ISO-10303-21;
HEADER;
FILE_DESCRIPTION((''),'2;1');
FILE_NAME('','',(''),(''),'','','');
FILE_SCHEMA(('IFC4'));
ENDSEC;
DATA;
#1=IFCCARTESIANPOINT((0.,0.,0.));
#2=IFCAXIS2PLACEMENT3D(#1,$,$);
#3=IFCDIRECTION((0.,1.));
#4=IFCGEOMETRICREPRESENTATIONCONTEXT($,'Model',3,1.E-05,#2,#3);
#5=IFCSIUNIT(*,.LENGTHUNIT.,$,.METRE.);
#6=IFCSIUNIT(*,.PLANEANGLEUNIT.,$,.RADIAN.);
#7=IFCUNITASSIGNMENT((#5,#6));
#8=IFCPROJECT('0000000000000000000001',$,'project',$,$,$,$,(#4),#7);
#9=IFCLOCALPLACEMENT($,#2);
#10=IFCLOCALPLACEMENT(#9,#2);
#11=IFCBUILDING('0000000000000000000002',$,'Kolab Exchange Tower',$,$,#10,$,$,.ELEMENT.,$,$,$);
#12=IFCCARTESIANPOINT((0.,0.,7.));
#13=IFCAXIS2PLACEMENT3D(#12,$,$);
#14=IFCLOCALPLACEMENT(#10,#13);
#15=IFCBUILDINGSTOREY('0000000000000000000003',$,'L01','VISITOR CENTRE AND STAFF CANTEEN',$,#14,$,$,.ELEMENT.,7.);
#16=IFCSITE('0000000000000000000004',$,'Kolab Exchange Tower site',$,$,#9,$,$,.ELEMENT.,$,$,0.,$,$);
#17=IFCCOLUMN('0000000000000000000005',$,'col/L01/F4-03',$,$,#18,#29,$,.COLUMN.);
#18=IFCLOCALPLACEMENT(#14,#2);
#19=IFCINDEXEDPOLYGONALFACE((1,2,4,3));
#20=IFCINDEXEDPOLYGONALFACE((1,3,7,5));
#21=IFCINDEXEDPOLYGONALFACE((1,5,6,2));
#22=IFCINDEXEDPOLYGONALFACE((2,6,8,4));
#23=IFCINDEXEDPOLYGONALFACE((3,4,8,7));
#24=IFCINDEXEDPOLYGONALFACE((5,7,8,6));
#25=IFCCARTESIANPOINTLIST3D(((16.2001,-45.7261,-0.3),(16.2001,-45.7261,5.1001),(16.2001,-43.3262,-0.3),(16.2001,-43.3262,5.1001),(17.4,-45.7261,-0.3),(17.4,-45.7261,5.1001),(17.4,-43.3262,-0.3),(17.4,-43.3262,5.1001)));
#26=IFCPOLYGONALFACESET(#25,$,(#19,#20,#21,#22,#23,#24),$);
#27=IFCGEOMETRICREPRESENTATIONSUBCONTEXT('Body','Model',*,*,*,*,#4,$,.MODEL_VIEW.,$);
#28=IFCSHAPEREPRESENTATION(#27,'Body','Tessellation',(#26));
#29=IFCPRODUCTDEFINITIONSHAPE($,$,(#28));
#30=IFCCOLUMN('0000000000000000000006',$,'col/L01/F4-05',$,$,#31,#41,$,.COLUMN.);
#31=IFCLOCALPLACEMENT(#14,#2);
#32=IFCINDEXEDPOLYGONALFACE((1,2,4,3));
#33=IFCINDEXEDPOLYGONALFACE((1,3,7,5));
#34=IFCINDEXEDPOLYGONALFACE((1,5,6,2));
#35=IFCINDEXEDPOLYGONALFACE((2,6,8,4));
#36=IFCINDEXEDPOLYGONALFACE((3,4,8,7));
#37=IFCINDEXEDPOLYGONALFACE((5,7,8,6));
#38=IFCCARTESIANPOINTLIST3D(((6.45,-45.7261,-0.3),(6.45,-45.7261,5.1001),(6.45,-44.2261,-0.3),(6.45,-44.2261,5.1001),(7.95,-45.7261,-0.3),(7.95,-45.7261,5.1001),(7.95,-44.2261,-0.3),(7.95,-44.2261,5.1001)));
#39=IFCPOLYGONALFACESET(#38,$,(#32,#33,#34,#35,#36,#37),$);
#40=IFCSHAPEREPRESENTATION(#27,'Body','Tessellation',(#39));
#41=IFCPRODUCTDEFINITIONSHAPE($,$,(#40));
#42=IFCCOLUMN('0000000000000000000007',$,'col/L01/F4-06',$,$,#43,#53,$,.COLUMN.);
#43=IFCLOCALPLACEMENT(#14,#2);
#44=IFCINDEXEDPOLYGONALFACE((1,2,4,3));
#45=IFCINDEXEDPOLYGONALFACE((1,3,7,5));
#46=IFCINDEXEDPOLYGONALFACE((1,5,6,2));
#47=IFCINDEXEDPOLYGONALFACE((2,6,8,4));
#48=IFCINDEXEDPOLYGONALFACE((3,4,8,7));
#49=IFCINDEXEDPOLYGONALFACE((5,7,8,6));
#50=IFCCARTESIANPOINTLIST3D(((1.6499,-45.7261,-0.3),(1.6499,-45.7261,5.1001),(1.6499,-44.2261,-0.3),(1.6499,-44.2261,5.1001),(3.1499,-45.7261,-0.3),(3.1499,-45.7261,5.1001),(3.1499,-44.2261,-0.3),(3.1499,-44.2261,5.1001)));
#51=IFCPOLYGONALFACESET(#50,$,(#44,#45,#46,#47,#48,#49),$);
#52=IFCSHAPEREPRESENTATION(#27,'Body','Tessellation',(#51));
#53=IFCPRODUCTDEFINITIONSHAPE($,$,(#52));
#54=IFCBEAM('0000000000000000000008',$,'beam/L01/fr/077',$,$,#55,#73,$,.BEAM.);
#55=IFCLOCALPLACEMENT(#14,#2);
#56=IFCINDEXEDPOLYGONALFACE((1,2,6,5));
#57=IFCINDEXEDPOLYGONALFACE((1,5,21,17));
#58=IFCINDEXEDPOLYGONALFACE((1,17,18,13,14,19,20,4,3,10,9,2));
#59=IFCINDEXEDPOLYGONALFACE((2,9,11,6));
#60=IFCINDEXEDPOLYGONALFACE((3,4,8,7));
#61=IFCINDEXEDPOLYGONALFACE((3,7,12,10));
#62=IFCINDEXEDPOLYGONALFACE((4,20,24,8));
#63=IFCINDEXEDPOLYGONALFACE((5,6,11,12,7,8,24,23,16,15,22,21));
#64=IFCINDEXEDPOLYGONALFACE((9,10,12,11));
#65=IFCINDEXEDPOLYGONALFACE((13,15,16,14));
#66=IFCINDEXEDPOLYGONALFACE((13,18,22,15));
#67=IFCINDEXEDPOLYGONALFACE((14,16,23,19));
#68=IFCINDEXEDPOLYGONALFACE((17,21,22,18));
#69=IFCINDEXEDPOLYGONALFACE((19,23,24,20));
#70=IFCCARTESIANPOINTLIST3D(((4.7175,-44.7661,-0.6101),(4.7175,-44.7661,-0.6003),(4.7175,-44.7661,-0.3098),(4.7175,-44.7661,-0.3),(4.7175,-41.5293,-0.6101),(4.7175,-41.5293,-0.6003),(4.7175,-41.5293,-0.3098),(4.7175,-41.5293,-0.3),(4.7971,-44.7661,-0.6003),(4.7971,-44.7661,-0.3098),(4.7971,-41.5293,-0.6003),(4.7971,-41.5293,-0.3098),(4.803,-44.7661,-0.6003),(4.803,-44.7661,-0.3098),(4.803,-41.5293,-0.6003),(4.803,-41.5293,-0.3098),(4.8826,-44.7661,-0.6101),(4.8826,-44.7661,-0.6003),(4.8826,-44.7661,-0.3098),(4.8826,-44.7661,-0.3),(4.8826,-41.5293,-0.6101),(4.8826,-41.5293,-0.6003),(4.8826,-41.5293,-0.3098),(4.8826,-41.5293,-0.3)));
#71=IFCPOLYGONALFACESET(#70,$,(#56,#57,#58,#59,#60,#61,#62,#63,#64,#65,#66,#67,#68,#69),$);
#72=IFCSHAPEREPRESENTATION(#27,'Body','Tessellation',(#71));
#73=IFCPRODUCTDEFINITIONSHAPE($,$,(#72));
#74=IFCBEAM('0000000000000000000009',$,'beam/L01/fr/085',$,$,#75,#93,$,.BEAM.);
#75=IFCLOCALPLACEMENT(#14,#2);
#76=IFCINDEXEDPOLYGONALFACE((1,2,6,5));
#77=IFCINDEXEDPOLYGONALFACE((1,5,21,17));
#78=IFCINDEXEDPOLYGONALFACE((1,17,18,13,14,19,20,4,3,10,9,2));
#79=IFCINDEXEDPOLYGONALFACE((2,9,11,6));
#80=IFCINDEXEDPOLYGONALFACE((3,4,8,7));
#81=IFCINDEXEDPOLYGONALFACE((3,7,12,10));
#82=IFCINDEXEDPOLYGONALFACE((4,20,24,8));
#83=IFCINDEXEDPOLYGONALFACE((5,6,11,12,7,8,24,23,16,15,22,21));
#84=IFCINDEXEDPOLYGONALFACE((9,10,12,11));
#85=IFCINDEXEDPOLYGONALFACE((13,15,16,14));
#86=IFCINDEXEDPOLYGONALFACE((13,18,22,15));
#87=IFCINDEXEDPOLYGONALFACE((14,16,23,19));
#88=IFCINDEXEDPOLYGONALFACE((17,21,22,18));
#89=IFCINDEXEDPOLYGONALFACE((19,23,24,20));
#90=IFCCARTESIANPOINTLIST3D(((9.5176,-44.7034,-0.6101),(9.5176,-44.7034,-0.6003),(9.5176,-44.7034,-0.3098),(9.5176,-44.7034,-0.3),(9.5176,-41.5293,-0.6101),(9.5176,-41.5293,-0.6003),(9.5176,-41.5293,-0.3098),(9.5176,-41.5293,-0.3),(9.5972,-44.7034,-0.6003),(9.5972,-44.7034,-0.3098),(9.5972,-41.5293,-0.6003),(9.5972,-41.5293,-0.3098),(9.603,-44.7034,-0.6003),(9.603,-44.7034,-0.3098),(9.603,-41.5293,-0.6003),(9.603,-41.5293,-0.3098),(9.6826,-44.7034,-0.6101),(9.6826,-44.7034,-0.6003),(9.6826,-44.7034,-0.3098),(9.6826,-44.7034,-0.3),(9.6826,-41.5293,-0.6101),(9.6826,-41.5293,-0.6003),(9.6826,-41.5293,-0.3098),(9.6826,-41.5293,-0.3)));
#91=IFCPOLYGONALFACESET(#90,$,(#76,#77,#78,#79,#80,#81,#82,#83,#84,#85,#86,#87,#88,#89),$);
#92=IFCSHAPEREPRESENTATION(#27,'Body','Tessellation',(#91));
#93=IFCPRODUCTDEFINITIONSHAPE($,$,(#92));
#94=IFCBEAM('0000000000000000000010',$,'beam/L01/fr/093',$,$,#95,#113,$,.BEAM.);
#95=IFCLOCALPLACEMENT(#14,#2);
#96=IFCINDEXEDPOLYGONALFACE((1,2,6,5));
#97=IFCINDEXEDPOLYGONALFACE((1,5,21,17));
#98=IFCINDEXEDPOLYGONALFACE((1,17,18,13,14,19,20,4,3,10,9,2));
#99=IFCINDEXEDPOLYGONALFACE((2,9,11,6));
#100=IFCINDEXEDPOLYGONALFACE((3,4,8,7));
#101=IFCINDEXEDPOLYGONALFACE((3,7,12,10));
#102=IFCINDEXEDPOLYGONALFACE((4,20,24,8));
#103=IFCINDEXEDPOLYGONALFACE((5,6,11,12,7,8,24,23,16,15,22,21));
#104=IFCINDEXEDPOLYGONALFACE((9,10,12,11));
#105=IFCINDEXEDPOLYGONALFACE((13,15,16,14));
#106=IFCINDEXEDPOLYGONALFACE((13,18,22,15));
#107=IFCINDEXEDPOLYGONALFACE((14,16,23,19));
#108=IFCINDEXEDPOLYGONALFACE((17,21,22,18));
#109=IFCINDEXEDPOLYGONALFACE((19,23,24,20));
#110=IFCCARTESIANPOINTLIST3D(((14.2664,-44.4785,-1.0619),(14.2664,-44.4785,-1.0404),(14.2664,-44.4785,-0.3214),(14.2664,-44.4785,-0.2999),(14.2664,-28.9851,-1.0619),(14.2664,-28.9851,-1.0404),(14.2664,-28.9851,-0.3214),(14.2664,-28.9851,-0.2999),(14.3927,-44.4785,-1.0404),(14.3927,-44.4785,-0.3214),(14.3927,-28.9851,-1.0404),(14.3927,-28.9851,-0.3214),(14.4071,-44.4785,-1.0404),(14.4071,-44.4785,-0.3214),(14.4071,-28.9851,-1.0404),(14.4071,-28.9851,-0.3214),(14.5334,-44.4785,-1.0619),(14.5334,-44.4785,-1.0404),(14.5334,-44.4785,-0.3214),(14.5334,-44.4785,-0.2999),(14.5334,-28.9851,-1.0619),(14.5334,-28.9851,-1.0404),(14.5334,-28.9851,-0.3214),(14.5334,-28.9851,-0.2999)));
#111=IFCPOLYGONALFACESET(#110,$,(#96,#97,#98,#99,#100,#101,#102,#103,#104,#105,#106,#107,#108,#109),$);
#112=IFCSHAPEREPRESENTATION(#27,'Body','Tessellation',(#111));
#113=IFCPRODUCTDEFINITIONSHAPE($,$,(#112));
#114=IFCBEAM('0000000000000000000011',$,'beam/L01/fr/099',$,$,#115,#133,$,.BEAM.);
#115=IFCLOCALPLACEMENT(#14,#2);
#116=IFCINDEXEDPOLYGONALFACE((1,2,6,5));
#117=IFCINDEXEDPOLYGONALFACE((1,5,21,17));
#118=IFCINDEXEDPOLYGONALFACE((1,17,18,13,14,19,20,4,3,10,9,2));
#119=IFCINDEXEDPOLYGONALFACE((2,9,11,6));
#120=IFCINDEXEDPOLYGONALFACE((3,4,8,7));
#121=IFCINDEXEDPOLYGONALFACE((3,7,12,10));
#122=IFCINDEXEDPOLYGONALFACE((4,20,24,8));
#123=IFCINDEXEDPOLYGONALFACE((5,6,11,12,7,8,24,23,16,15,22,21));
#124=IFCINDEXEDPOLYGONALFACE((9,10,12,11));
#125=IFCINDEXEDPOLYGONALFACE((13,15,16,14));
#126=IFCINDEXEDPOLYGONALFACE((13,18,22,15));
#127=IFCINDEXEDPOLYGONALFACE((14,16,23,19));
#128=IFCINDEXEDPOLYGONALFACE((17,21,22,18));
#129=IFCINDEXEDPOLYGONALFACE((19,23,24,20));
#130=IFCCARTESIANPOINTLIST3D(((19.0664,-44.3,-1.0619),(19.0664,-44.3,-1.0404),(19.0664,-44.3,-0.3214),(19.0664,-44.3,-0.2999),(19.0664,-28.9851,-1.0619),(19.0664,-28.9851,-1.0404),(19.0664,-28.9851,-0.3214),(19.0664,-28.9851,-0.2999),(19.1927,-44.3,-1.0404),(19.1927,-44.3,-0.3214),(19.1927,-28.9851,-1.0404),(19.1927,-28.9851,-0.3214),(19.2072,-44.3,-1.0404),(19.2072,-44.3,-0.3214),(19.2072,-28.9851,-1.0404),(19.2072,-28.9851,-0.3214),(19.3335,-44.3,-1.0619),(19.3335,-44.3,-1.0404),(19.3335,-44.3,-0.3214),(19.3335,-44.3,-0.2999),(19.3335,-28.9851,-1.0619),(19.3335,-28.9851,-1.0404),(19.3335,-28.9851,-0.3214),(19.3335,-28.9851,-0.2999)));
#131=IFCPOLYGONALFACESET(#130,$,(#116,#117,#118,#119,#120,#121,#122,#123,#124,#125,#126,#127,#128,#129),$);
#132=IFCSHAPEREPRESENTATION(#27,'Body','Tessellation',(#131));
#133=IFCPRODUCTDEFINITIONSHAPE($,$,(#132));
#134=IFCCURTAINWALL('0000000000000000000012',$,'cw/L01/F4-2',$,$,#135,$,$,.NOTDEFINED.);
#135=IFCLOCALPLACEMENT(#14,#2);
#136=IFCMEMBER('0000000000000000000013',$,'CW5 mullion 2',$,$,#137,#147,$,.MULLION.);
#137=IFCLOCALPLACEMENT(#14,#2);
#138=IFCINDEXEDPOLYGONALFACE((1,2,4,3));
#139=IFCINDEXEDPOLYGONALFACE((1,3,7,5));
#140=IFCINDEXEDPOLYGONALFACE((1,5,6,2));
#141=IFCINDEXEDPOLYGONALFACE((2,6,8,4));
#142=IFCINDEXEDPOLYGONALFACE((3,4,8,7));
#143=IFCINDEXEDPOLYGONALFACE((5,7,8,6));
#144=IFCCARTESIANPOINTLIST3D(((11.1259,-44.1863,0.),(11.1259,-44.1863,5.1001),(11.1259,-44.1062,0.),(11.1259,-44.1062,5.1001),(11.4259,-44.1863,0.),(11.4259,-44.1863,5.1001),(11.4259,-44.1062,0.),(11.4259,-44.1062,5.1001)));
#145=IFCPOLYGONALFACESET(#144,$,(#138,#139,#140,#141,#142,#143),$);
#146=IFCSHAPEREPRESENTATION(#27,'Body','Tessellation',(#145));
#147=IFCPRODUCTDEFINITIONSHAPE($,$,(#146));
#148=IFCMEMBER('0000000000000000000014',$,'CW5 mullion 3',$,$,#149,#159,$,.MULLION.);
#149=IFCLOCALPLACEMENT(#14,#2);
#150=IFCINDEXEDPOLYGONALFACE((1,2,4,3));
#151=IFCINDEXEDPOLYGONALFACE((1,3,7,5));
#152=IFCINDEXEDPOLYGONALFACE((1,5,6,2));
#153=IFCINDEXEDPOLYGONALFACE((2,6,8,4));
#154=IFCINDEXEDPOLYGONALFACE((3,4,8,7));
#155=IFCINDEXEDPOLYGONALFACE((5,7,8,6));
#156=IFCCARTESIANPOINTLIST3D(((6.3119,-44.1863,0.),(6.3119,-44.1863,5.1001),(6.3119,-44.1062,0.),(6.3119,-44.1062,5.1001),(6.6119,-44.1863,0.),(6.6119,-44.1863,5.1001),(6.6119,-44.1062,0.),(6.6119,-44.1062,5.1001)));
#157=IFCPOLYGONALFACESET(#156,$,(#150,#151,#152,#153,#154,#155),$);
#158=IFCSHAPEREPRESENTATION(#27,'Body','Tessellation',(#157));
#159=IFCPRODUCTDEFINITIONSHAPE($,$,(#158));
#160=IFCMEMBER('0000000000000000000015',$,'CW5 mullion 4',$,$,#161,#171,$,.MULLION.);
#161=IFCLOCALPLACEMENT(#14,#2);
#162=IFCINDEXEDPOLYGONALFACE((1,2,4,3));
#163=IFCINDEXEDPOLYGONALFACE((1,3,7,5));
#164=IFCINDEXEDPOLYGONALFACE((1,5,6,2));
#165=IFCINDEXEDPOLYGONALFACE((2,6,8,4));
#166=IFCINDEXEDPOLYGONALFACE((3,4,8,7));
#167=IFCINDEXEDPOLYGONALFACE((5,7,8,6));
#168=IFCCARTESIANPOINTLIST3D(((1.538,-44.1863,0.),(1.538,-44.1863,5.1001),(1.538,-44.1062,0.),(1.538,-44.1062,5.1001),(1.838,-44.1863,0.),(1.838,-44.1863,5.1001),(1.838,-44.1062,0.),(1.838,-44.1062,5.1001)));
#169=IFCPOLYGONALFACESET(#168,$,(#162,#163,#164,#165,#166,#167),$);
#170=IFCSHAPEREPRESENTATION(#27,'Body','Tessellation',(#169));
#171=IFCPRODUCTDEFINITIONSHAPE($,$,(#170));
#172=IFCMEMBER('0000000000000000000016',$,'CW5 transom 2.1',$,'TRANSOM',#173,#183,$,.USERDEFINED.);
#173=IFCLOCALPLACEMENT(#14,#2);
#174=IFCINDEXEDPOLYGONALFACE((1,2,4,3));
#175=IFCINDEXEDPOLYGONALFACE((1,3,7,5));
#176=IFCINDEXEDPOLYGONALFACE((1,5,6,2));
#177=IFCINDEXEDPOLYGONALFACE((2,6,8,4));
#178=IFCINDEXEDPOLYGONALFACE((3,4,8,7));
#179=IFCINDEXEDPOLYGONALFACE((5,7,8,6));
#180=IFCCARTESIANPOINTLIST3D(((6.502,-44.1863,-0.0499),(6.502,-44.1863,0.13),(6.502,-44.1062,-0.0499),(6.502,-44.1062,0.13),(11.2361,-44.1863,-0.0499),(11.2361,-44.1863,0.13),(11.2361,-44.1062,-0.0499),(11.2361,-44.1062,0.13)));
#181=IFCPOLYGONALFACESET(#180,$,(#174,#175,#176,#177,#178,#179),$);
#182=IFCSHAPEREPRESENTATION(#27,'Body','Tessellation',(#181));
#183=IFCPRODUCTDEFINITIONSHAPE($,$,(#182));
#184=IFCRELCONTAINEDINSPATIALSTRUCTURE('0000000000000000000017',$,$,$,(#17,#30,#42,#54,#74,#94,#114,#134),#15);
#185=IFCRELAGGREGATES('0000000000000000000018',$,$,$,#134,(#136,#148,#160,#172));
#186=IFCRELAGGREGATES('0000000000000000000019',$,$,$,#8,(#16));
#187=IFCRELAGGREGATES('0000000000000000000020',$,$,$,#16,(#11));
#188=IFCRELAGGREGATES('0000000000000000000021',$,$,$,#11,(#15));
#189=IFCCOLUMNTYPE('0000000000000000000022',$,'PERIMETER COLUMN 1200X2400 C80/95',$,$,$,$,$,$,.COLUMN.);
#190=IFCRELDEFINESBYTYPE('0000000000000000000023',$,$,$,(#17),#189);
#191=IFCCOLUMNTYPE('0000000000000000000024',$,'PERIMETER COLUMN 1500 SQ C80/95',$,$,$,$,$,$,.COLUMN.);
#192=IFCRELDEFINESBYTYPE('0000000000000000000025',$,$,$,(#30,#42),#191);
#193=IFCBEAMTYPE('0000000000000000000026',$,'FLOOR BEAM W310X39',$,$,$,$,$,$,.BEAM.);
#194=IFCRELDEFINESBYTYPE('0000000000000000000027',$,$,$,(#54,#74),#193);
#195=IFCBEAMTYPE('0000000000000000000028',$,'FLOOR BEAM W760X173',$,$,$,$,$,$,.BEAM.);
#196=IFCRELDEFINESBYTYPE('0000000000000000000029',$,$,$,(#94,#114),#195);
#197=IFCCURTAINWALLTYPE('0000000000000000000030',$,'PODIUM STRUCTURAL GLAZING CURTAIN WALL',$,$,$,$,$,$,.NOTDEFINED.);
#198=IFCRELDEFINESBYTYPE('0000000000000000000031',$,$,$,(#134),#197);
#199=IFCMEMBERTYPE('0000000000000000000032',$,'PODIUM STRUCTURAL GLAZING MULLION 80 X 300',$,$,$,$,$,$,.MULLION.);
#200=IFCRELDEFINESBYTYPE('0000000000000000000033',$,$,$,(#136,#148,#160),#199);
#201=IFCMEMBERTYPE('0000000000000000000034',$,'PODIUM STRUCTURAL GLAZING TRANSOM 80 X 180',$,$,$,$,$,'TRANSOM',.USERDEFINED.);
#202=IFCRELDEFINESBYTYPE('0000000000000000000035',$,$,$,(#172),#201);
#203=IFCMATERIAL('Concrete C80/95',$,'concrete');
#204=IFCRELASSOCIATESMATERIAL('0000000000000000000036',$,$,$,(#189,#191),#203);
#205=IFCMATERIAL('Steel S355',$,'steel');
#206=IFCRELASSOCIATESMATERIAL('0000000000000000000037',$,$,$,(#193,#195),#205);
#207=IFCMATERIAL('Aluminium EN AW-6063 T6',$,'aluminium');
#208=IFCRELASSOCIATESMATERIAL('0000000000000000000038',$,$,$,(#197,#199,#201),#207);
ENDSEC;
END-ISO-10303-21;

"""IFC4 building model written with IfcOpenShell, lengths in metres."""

from ifc_helpers import new_model, si_unit, direction, frame, origin, origin_2d, place, context, subcontext, project, spatial, rectangle, i_section, extrude, material, material_profile, profile_set, type_object, element, aggregate, save


model = new_model("IFC4")

# Units and contexts
model_context = context("Model", 3, precision=1e-05, world=origin(), true_north=direction((0.0, 1.0)))
body_context = subcontext(model_context, "Body", "Model", "MODEL_VIEW")
ifc_project = project(units=[si_unit("LENGTHUNIT", "METRE"), si_unit("PLANEANGLEUNIT", "RADIAN")], contexts=[model_context])

# Site, building, storey
site_placement = place(None, origin())
site = spatial("IfcSite", under=ifc_project, at=site_placement, Name="Kolab Exchange Tower site", CompositionType="ELEMENT", RefElevation=0.0)
building_placement = place(site_placement, origin())
building = spatial("IfcBuilding", under=site, at=building_placement, Name="Kolab Exchange Tower", CompositionType="ELEMENT")
storey_placement = place(building_placement, frame((0.0, 0.0, 7.0)))
storey = spatial("IfcBuildingStorey", under=building, at=storey_placement, Name="L01", Description="VISITOR CENTRE AND STAFF CANTEEN", CompositionType="ELEMENT", Elevation=7.0)

# Columns
ifc_material_1 = material(Name="Concrete C80/95", Category="concrete")
ifc_material_profile_1 = material_profile(ifc_material_1, rectangle(XDim=1.2, YDim=2.3999, at=origin_2d()), Name="RC1200X2400")
ifc_profile_set_1 = profile_set([ifc_material_profile_1], Name="Concrete C80/95")
column_type_1 = type_object("IfcColumnType", Name="PERIMETER COLUMN 1200X2400 C80/95", PredefinedType="COLUMN", material=ifc_profile_set_1)
column_placement = place(storey_placement, frame((16.8, -44.5261, -0.3), z_axis=(0.0, 0.0, 1.0), x_axis=(1.0, 0.0, 0.0)))
element("IfcColumn", 1, at=column_placement, inside=storey, type_object=column_type_1, Name="col/L01/F4-03", PredefinedType="COLUMN", context=body_context, shape_type="SweptSolid", body=[
    extrude(rectangle(XDim=1.2, YDim=2.3999, at=origin_2d()), origin(), (0.0, 0.0, 1.0), 5.4001),
])
ifc_material_profile_2 = material_profile(ifc_material_1, rectangle(XDim=1.5, YDim=1.5, at=origin_2d()), Name="RC1500")
ifc_profile_set_2 = profile_set([ifc_material_profile_2], Name="Concrete C80/95")
column_type_2 = type_object("IfcColumnType", Name="PERIMETER COLUMN 1500 SQ C80/95", PredefinedType="COLUMN", material=ifc_profile_set_2)
for number, where, z_axis, x_axis, name in (
    (2, (7.2, -44.9761, -0.3), (0.0, 0.0, 1.0), (1.0, 0.0, 0.0), "col/L01/F4-05"),
    (3, (2.3999, -44.9761, -0.3), (0.0, 0.0, 1.0), (1.0, 0.0, 0.0), "col/L01/F4-06"),
):
    element("IfcColumn", number, at=place(storey_placement, frame(where, z_axis=z_axis, x_axis=x_axis)), inside=storey, type_object=column_type_2, Name=name, PredefinedType="COLUMN", context=body_context, shape_type="SweptSolid", body=[
        extrude(rectangle(XDim=1.5, YDim=1.5, at=origin_2d()), origin(), (0.0, 0.0, 1.0), 5.4001),
    ])

# Beams
ifc_material_2 = material(Name="Steel S355", Category="steel")
ifc_material_profile_3 = material_profile(ifc_material_2, i_section(OverallWidth=0.165, OverallDepth=0.3101, WebThickness=0.0059, FlangeThickness=0.0098, at=origin_2d()), Name="W310X39")
ifc_profile_set_3 = profile_set([ifc_material_profile_3], Name="Steel S355")
beam_type_1 = type_object("IfcBeamType", Name="FLOOR BEAM W310X39", PredefinedType="BEAM", material=ifc_profile_set_3)
beam_1_placement = place(storey_placement, frame((4.8, -44.7661, -0.4551), z_axis=(0.0, 1.0, 0.0), x_axis=(-1.0, 0.0, 0.0)))
element("IfcBeam", 4, at=beam_1_placement, inside=storey, type_object=beam_type_1, Name="beam/L01/fr/077", PredefinedType="BEAM", context=body_context, shape_type="SweptSolid", body=[
    extrude(i_section(OverallWidth=0.165, OverallDepth=0.3101, WebThickness=0.0059, FlangeThickness=0.0098, at=origin_2d()), origin(), (0.0, 0.0, 1.0), 3.2368),
])
beam_2_placement = place(storey_placement, frame((9.6001, -44.7034, -0.4551), z_axis=(0.0, 1.0, 0.0), x_axis=(-1.0, 0.0, 0.0)))
element("IfcBeam", 5, at=beam_2_placement, inside=storey, type_object=beam_type_1, Name="beam/L01/fr/085", PredefinedType="BEAM", context=body_context, shape_type="SweptSolid", body=[
    extrude(i_section(OverallWidth=0.165, OverallDepth=0.3101, WebThickness=0.0059, FlangeThickness=0.0098, at=origin_2d()), origin(), (0.0, 0.0, 1.0), 3.1741),
])
ifc_material_profile_4 = material_profile(ifc_material_2, i_section(OverallWidth=0.2671, OverallDepth=0.762, WebThickness=0.0144, FlangeThickness=0.0215, at=origin_2d()), Name="W760X173")
ifc_profile_set_4 = profile_set([ifc_material_profile_4], Name="Steel S355")
beam_type_2 = type_object("IfcBeamType", Name="FLOOR BEAM W760X173", PredefinedType="BEAM", material=ifc_profile_set_4)
beam_3_placement = place(storey_placement, frame((14.3999, -44.4785, -0.6809), z_axis=(0.0, 1.0, 0.0), x_axis=(-1.0, 0.0, 0.0)))
element("IfcBeam", 6, at=beam_3_placement, inside=storey, type_object=beam_type_2, Name="beam/L01/fr/093", PredefinedType="BEAM", context=body_context, shape_type="SweptSolid", body=[
    extrude(i_section(OverallWidth=0.2671, OverallDepth=0.762, WebThickness=0.0144, FlangeThickness=0.0215, at=origin_2d()), origin(), (0.0, 0.0, 1.0), 15.4934),
])
beam_4_placement = place(storey_placement, frame((19.2, -44.3, -0.6809), z_axis=(0.0, 1.0, 0.0), x_axis=(-1.0, 0.0, 0.0)))
element("IfcBeam", 7, at=beam_4_placement, inside=storey, type_object=beam_type_2, Name="beam/L01/fr/099", PredefinedType="BEAM", context=body_context, shape_type="SweptSolid", body=[
    extrude(i_section(OverallWidth=0.2671, OverallDepth=0.762, WebThickness=0.0144, FlangeThickness=0.0215, at=origin_2d()), origin(), (0.0, 0.0, 1.0), 15.3149),
])

# Curtain wall, members
ifc_material_3 = material(Name="Aluminium EN AW-6063 T6", Category="aluminium")
curtain_wall_type = type_object("IfcCurtainWallType", Name="PODIUM STRUCTURAL GLAZING CURTAIN WALL", PredefinedType="NOTDEFINED", material=ifc_material_3)
curtain_wall_placement = place(storey_placement, origin())
curtain_wall = element("IfcCurtainWall", 8, at=curtain_wall_placement, inside=storey, type_object=curtain_wall_type, Name="cw/L01/F4-2", PredefinedType="NOTDEFINED")
ifc_material_profile_5 = material_profile(ifc_material_3, rectangle(XDim=0.0801, YDim=0.3, at=origin_2d()), Name="RECT 80X300")
ifc_profile_set_5 = profile_set([ifc_material_profile_5], Name="Aluminium EN AW-6063 T6")
member_type_1 = type_object("IfcMemberType", Name="PODIUM STRUCTURAL GLAZING MULLION 80 X 300", PredefinedType="MULLION", material=ifc_profile_set_5)
member_1_placement = place(storey_placement, frame((11.2759, -44.1462, 0.0), z_axis=(0.0, 0.0, 1.0), x_axis=(0.0, -1.0, 0.0)))
member_1 = element("IfcMember", 9, at=member_1_placement, type_object=member_type_1, Name="CW5 mullion 2", PredefinedType="MULLION", context=body_context, shape_type="SweptSolid", body=[
    extrude(rectangle(XDim=0.0801, YDim=0.3, at=origin_2d()), origin(), (0.0, 0.0, 1.0), 5.1001),
])
member_2_placement = place(storey_placement, frame((6.4619, -44.1462, 0.0), z_axis=(0.0, 0.0, 1.0), x_axis=(0.0, -1.0, 0.0)))
member_2 = element("IfcMember", 10, at=member_2_placement, type_object=member_type_1, Name="CW5 mullion 3", PredefinedType="MULLION", context=body_context, shape_type="SweptSolid", body=[
    extrude(rectangle(XDim=0.0801, YDim=0.3, at=origin_2d()), origin(), (0.0, 0.0, 1.0), 5.1001),
])
member_3_placement = place(storey_placement, frame((1.688, -44.1462, 0.0), z_axis=(0.0, 0.0, 1.0), x_axis=(0.0, -1.0, 0.0)))
member_3 = element("IfcMember", 11, at=member_3_placement, type_object=member_type_1, Name="CW5 mullion 4", PredefinedType="MULLION", context=body_context, shape_type="SweptSolid", body=[
    extrude(rectangle(XDim=0.0801, YDim=0.3, at=origin_2d()), origin(), (0.0, 0.0, 1.0), 5.1001),
])
ifc_material_profile_6 = material_profile(ifc_material_3, rectangle(XDim=0.0801, YDim=0.1799, at=origin_2d()), Name="RECT 80X180")
ifc_profile_set_6 = profile_set([ifc_material_profile_6], Name="Aluminium EN AW-6063 T6")
member_type_2 = type_object("IfcMemberType", Name="PODIUM STRUCTURAL GLAZING TRANSOM 80 X 180", ElementType="TRANSOM", PredefinedType="USERDEFINED", material=ifc_profile_set_6)
member_4_placement = place(storey_placement, frame((11.2361, -44.1462, 0.04), z_axis=(-1.0, 0.0, 0.0), x_axis=(0.0, -1.0, 0.0)))
member_4 = element("IfcMember", 12, at=member_4_placement, type_object=member_type_2, Name="CW5 transom 2.1", ObjectType="TRANSOM", PredefinedType="USERDEFINED", context=body_context, shape_type="SweptSolid", body=[
    extrude(rectangle(XDim=0.0801, YDim=0.1799, at=origin_2d()), origin(), (0.0, 0.0, 1.0), 4.7341),
])
aggregate(curtain_wall, [member_1, member_2, member_3, member_4])

save(model, "model.ifc")
